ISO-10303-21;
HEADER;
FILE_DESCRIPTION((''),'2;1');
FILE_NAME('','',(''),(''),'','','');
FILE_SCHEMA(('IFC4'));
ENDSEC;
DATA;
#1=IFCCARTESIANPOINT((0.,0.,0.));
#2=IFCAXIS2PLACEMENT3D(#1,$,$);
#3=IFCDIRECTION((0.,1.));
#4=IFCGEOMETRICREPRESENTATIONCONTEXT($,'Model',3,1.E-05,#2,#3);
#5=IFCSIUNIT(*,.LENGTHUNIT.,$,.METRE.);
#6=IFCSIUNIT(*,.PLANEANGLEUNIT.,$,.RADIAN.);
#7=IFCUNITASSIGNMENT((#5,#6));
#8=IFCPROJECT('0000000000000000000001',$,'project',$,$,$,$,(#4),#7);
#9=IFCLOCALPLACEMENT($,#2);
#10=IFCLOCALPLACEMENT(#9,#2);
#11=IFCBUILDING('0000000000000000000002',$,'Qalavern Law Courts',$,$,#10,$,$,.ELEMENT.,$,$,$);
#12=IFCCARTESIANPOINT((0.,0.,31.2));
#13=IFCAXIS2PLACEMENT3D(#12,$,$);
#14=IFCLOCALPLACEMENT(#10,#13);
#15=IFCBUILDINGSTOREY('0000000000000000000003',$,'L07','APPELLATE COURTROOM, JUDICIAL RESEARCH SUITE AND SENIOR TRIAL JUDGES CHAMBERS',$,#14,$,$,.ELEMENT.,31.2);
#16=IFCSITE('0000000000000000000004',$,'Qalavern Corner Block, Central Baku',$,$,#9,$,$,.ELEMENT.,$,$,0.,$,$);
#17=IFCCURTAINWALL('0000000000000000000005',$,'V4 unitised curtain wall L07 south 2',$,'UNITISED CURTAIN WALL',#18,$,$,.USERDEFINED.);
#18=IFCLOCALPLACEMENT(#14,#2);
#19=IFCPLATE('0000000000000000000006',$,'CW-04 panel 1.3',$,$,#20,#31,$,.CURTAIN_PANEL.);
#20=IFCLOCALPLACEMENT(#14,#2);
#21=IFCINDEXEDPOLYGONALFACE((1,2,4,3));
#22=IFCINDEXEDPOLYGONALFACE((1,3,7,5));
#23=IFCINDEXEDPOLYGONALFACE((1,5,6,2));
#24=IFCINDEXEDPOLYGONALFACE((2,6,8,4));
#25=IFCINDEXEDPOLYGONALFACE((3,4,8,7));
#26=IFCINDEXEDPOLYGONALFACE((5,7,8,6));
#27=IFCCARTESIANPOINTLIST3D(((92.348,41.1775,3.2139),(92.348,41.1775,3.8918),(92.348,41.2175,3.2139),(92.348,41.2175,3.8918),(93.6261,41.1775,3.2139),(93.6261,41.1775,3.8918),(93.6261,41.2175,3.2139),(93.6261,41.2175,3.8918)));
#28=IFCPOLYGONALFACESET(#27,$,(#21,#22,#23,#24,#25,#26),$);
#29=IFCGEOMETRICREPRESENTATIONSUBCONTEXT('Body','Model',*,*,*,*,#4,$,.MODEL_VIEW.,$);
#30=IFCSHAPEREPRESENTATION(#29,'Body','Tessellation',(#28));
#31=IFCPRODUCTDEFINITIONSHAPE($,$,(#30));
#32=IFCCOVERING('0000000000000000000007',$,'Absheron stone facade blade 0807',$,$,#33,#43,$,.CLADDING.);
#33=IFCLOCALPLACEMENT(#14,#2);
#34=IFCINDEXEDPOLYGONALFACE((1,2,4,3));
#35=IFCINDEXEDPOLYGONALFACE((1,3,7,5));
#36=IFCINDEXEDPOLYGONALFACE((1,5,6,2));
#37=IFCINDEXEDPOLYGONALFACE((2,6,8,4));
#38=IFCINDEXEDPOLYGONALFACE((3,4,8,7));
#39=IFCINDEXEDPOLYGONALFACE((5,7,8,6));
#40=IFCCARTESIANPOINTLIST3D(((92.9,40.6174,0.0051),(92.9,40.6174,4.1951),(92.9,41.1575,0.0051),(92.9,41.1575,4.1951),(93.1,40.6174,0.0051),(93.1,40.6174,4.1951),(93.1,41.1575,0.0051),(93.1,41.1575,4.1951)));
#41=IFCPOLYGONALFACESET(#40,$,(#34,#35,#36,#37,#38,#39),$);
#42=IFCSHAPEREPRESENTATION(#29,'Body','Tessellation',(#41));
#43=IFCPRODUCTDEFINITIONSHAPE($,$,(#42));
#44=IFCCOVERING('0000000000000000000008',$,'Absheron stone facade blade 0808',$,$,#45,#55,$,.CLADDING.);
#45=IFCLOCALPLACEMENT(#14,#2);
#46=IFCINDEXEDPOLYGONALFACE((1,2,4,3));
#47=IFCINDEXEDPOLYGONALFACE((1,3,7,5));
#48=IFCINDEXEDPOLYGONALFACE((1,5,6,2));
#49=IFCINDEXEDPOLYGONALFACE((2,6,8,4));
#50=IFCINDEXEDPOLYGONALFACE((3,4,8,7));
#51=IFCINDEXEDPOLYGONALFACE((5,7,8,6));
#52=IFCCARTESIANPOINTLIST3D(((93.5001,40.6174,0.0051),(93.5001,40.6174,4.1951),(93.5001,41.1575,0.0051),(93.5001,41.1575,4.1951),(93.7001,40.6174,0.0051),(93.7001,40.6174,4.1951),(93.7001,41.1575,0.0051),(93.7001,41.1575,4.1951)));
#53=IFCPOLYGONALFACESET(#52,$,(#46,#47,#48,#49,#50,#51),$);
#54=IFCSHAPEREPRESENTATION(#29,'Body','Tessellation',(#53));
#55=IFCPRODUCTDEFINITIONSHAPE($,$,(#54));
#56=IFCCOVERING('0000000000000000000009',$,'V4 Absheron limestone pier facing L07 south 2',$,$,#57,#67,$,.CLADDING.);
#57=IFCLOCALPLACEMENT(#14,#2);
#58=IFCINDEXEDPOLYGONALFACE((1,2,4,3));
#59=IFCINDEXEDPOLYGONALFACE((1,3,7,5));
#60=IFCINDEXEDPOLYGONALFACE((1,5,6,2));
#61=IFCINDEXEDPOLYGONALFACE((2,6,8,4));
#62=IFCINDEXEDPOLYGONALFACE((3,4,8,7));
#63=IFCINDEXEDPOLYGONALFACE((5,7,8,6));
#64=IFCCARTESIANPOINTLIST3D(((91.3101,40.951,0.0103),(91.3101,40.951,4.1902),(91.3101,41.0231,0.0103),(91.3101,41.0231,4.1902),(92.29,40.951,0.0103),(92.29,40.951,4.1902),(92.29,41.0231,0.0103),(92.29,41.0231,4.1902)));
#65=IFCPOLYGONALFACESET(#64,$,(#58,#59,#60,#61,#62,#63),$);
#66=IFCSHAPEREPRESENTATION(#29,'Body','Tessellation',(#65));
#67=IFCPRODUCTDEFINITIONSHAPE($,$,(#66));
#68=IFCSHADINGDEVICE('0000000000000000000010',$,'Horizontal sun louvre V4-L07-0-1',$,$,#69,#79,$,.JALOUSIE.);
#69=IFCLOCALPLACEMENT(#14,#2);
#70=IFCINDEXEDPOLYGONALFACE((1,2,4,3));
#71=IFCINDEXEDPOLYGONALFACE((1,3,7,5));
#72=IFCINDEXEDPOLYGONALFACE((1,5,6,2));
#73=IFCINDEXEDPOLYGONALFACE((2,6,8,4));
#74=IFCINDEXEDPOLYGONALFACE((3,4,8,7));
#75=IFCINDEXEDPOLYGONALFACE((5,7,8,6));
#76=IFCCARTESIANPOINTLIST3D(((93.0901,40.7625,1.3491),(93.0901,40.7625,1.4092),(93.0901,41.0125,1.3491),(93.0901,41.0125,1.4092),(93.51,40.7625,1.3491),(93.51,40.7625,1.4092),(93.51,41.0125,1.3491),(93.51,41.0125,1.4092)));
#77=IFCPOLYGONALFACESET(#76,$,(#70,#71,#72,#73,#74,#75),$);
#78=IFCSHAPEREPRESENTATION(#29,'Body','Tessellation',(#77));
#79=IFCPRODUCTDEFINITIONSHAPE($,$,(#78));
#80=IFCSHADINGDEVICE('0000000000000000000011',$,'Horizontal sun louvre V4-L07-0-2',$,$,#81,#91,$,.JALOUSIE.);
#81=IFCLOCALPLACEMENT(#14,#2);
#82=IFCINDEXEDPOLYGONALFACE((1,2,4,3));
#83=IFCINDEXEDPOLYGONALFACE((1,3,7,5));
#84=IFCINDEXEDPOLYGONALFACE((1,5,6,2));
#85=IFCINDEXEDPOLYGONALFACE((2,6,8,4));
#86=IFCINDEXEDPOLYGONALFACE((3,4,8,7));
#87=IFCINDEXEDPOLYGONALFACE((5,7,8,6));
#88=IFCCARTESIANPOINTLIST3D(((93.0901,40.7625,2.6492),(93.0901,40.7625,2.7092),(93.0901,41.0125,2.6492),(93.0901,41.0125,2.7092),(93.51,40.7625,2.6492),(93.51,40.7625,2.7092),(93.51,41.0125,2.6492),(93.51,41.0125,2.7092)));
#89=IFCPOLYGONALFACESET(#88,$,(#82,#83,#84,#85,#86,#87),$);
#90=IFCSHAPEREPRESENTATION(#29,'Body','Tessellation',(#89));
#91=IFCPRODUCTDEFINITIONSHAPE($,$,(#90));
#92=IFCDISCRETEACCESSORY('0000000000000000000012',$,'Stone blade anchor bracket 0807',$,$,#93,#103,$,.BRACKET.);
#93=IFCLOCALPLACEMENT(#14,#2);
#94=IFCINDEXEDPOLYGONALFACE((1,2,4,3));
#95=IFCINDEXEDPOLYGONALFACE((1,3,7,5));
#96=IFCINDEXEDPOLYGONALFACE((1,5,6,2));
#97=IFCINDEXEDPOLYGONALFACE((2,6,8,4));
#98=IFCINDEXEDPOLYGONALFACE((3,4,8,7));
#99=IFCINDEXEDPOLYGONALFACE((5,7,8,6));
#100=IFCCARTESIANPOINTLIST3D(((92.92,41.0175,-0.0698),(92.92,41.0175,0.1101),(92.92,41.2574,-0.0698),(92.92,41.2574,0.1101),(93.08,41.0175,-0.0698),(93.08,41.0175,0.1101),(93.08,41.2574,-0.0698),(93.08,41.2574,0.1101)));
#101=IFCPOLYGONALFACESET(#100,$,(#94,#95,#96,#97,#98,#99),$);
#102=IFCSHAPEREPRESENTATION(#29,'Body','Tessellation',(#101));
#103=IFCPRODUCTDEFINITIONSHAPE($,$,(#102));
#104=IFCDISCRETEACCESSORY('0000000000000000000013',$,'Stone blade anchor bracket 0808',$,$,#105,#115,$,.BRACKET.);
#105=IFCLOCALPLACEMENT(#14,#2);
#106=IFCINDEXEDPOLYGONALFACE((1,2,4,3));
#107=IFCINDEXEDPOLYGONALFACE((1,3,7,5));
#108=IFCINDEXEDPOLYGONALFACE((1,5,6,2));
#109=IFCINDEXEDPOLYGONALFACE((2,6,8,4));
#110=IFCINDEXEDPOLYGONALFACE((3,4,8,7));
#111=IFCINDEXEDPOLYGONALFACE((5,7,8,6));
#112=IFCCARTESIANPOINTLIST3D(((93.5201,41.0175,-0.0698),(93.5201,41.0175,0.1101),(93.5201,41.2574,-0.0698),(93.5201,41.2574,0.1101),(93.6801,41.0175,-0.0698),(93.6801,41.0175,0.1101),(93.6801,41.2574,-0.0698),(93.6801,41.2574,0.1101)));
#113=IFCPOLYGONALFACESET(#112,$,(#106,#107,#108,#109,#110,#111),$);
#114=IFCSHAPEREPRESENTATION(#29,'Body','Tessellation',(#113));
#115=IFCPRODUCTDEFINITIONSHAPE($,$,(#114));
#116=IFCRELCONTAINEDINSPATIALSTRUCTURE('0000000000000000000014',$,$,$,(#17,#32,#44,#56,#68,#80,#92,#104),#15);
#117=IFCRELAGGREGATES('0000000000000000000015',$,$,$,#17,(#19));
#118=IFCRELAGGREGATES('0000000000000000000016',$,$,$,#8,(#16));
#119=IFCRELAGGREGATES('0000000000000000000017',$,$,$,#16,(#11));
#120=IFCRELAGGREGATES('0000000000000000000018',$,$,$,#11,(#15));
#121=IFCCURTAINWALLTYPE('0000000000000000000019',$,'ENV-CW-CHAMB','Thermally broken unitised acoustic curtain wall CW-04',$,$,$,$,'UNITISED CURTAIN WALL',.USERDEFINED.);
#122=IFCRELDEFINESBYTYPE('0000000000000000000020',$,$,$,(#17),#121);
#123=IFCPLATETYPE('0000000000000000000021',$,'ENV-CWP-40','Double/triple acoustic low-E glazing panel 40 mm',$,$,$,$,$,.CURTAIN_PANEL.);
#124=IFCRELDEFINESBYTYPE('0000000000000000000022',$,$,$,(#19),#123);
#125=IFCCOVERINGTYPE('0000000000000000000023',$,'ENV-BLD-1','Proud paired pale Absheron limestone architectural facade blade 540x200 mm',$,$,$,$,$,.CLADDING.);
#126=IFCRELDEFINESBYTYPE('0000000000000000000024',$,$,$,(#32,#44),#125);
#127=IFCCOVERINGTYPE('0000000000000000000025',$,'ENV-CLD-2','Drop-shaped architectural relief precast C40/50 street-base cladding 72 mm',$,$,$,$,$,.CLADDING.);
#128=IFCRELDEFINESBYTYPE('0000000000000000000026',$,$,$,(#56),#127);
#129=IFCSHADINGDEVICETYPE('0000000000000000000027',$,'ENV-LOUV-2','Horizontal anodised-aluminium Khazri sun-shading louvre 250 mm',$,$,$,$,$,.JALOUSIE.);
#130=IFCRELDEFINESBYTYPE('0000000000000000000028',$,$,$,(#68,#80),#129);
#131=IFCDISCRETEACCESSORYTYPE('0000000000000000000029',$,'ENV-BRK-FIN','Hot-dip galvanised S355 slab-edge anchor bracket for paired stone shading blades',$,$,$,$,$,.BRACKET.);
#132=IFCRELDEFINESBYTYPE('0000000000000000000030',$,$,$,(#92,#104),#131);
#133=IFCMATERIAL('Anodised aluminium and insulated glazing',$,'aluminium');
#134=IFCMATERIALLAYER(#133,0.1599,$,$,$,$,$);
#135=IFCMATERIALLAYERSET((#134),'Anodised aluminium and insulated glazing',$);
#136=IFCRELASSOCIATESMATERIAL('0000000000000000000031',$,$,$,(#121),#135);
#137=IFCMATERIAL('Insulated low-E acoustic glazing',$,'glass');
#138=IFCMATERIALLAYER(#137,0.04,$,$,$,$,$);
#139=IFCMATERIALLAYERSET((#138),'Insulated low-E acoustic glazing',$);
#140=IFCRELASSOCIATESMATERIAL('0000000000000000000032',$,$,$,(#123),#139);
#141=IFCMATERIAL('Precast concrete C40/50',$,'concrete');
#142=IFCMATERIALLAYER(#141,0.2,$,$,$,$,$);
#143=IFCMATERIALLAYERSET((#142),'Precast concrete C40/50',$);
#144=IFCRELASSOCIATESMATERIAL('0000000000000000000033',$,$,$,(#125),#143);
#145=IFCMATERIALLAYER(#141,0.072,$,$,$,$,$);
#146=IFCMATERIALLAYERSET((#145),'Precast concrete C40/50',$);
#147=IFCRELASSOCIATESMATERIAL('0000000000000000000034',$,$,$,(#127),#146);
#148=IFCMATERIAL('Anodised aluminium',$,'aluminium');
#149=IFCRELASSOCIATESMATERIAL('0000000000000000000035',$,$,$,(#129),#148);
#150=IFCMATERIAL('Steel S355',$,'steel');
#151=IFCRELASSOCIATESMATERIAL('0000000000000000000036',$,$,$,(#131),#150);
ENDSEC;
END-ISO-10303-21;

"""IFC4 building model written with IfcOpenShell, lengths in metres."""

from ifc_helpers import new_model, si_unit, direction, frame, origin, origin_2d, place, context, subcontext, project, spatial, rectangle, extrude, material, layer, layer_set, type_object, element, aggregate, save


model = new_model("IFC4")

# Units and contexts
model_context = context("Model", 3, precision=1e-05, world=origin(), true_north=direction((0.0, 1.0)))
body_context = subcontext(model_context, "Body", "Model", "MODEL_VIEW")
ifc_project = project(units=[si_unit("LENGTHUNIT", "METRE"), si_unit("PLANEANGLEUNIT", "RADIAN")], contexts=[model_context])

# Site, building, storey
site_placement = place(None, origin())
site = spatial("IfcSite", under=ifc_project, at=site_placement, Name="Qalavern Corner Block, Central Baku", CompositionType="ELEMENT", RefElevation=0.0)
building_placement = place(site_placement, origin())
building = spatial("IfcBuilding", under=site, at=building_placement, Name="Qalavern Law Courts", CompositionType="ELEMENT")
storey_placement = place(building_placement, frame((0.0, 0.0, 31.2)))
storey = spatial("IfcBuildingStorey", under=building, at=storey_placement, Name="L07", Description="APPELLATE COURTROOM, JUDICIAL RESEARCH SUITE AND SENIOR TRIAL JUDGES CHAMBERS", CompositionType="ELEMENT", Elevation=31.2)

# Curtain wall, plate
ifc_material_1 = material(Name="Anodised aluminium and insulated glazing", Category="aluminium")
ifc_layer_1 = layer(ifc_material_1, 0.1599)
ifc_layer_set_1 = layer_set([ifc_layer_1], Name="Anodised aluminium and insulated glazing")
curtain_wall_type = type_object("IfcCurtainWallType", Name="ENV-CW-CHAMB", Description="Thermally broken unitised acoustic curtain wall CW-04", ElementType="UNITISED CURTAIN WALL", PredefinedType="USERDEFINED", material=ifc_layer_set_1)
curtain_wall_placement = place(storey_placement, origin())
curtain_wall = element("IfcCurtainWall", 1, at=curtain_wall_placement, inside=storey, type_object=curtain_wall_type, Name="V4 unitised curtain wall L07 south 2", ObjectType="UNITISED CURTAIN WALL", PredefinedType="USERDEFINED")
ifc_material_2 = material(Name="Anodised aluminium", Category="aluminium")
ifc_material_3 = material(Name="Insulated low-E acoustic glazing", Category="glass")
ifc_layer_2 = layer(ifc_material_3, 0.04)
ifc_layer_set_2 = layer_set([ifc_layer_2], Name="Insulated low-E acoustic glazing")
plate_type = type_object("IfcPlateType", Name="ENV-CWP-40", Description="Double/triple acoustic low-E glazing panel 40 mm", PredefinedType="CURTAIN_PANEL", material=ifc_layer_set_2)
plate_1_placement = place(storey_placement, frame((92.9871, 41.1975, 3.2139), z_axis=(0.0, 0.0, 1.0), x_axis=(1.0, 0.0, 0.0)))
plate_1 = element("IfcPlate", 2, at=plate_1_placement, type_object=plate_type, Name="CW-04 panel 1.3", PredefinedType="CURTAIN_PANEL", context=body_context, shape_type="SweptSolid", body=[
    extrude(rectangle(XDim=1.2781, YDim=0.04, at=origin_2d()), origin(), (0.0, 0.0, 1.0), 0.678),
])
aggregate(curtain_wall, [plate_1])

# Coverings
ifc_material_4 = material(Name="Precast concrete C40/50", Category="concrete")
ifc_layer_3 = layer(ifc_material_4, 0.2)
ifc_layer_set_3 = layer_set([ifc_layer_3], Name="Precast concrete C40/50")
covering_type_1 = type_object("IfcCoveringType", Name="ENV-BLD-1", Description="Proud paired pale Absheron limestone architectural facade blade 540x200 mm", PredefinedType="CLADDING", material=ifc_layer_set_3)
for number, where, z_axis, x_axis, name in (
    (3, (93.0, 40.8875, 0.0051), (0.0, 0.0, 1.0), (0.0, -1.0, 0.0), "Absheron stone facade blade 0807"),
    (4, (93.6001, 40.8875, 0.0051), (0.0, 0.0, 1.0), (0.0, -1.0, 0.0), "Absheron stone facade blade 0808"),
):
    element("IfcCovering", number, at=place(storey_placement, frame(where, z_axis=z_axis, x_axis=x_axis)), inside=storey, type_object=covering_type_1, Name=name, PredefinedType="CLADDING", context=body_context, shape_type="SweptSolid", body=[
        extrude(rectangle(XDim=0.54, YDim=0.2, at=origin_2d()), origin(), (0.0, 0.0, 1.0), 4.1899),
    ])
ifc_layer_4 = layer(ifc_material_4, 0.072)
ifc_layer_set_4 = layer_set([ifc_layer_4], Name="Precast concrete C40/50")
covering_type_2 = type_object("IfcCoveringType", Name="ENV-CLD-2", Description="Drop-shaped architectural relief precast C40/50 street-base cladding 72 mm", PredefinedType="CLADDING", material=ifc_layer_set_4)
covering_placement = place(storey_placement, frame((91.8, 40.9871, 0.0103), z_axis=(0.0, 0.0, 1.0), x_axis=(1.0, 0.0, 0.0)))
element("IfcCovering", 5, at=covering_placement, inside=storey, type_object=covering_type_2, Name="V4 Absheron limestone pier facing L07 south 2", PredefinedType="CLADDING", context=body_context, shape_type="SweptSolid", body=[
    extrude(rectangle(XDim=0.98, YDim=0.072, at=origin_2d()), origin(), (0.0, 0.0, 1.0), 4.1799),
])

# Shading devices
shading_device_type = type_object("IfcShadingDeviceType", Name="ENV-LOUV-2", Description="Horizontal anodised-aluminium Khazri sun-shading louvre 250 mm", PredefinedType="JALOUSIE", material=ifc_material_2)
for number, where, z_axis, x_axis, name in (
    (6, (93.3, 40.8875, 1.3491), (0.0, 0.0, 1.0), (1.0, 0.0, 0.0), "Horizontal sun louvre V4-L07-0-1"),
    (7, (93.3, 40.8875, 2.6492), (0.0, 0.0, 1.0), (1.0, 0.0, 0.0), "Horizontal sun louvre V4-L07-0-2"),
):
    element("IfcShadingDevice", number, at=place(storey_placement, frame(where, z_axis=z_axis, x_axis=x_axis)), inside=storey, type_object=shading_device_type, Name=name, PredefinedType="JALOUSIE", context=body_context, shape_type="SweptSolid", body=[
        extrude(rectangle(XDim=0.4199, YDim=0.25, at=origin_2d()), origin(), (0.0, 0.0, 1.0), 0.0601),
    ])

# Discrete accessories
ifc_material_5 = material(Name="Steel S355", Category="steel")
discrete_accessory_type = type_object("IfcDiscreteAccessoryType", Name="ENV-BRK-FIN", Description="Hot-dip galvanised S355 slab-edge anchor bracket for paired stone shading blades", PredefinedType="BRACKET", material=ifc_material_5)
for number, where, z_axis, x_axis, name in (
    (8, (93.0, 41.1375, -0.0698), (0.0, 0.0, 1.0), (0.0, -1.0, 0.0), "Stone blade anchor bracket 0807"),
    (9, (93.6001, 41.1375, -0.0698), (0.0, 0.0, 1.0), (0.0, -1.0, 0.0), "Stone blade anchor bracket 0808"),
):
    element("IfcDiscreteAccessory", number, at=place(storey_placement, frame(where, z_axis=z_axis, x_axis=x_axis)), inside=storey, type_object=discrete_accessory_type, Name=name, PredefinedType="BRACKET", context=body_context, shape_type="SweptSolid", body=[
        extrude(rectangle(XDim=0.24, YDim=0.1599, at=origin_2d()), origin(), (0.0, 0.0, 1.0), 0.1799),
    ])

save(model, "model.ifc")
